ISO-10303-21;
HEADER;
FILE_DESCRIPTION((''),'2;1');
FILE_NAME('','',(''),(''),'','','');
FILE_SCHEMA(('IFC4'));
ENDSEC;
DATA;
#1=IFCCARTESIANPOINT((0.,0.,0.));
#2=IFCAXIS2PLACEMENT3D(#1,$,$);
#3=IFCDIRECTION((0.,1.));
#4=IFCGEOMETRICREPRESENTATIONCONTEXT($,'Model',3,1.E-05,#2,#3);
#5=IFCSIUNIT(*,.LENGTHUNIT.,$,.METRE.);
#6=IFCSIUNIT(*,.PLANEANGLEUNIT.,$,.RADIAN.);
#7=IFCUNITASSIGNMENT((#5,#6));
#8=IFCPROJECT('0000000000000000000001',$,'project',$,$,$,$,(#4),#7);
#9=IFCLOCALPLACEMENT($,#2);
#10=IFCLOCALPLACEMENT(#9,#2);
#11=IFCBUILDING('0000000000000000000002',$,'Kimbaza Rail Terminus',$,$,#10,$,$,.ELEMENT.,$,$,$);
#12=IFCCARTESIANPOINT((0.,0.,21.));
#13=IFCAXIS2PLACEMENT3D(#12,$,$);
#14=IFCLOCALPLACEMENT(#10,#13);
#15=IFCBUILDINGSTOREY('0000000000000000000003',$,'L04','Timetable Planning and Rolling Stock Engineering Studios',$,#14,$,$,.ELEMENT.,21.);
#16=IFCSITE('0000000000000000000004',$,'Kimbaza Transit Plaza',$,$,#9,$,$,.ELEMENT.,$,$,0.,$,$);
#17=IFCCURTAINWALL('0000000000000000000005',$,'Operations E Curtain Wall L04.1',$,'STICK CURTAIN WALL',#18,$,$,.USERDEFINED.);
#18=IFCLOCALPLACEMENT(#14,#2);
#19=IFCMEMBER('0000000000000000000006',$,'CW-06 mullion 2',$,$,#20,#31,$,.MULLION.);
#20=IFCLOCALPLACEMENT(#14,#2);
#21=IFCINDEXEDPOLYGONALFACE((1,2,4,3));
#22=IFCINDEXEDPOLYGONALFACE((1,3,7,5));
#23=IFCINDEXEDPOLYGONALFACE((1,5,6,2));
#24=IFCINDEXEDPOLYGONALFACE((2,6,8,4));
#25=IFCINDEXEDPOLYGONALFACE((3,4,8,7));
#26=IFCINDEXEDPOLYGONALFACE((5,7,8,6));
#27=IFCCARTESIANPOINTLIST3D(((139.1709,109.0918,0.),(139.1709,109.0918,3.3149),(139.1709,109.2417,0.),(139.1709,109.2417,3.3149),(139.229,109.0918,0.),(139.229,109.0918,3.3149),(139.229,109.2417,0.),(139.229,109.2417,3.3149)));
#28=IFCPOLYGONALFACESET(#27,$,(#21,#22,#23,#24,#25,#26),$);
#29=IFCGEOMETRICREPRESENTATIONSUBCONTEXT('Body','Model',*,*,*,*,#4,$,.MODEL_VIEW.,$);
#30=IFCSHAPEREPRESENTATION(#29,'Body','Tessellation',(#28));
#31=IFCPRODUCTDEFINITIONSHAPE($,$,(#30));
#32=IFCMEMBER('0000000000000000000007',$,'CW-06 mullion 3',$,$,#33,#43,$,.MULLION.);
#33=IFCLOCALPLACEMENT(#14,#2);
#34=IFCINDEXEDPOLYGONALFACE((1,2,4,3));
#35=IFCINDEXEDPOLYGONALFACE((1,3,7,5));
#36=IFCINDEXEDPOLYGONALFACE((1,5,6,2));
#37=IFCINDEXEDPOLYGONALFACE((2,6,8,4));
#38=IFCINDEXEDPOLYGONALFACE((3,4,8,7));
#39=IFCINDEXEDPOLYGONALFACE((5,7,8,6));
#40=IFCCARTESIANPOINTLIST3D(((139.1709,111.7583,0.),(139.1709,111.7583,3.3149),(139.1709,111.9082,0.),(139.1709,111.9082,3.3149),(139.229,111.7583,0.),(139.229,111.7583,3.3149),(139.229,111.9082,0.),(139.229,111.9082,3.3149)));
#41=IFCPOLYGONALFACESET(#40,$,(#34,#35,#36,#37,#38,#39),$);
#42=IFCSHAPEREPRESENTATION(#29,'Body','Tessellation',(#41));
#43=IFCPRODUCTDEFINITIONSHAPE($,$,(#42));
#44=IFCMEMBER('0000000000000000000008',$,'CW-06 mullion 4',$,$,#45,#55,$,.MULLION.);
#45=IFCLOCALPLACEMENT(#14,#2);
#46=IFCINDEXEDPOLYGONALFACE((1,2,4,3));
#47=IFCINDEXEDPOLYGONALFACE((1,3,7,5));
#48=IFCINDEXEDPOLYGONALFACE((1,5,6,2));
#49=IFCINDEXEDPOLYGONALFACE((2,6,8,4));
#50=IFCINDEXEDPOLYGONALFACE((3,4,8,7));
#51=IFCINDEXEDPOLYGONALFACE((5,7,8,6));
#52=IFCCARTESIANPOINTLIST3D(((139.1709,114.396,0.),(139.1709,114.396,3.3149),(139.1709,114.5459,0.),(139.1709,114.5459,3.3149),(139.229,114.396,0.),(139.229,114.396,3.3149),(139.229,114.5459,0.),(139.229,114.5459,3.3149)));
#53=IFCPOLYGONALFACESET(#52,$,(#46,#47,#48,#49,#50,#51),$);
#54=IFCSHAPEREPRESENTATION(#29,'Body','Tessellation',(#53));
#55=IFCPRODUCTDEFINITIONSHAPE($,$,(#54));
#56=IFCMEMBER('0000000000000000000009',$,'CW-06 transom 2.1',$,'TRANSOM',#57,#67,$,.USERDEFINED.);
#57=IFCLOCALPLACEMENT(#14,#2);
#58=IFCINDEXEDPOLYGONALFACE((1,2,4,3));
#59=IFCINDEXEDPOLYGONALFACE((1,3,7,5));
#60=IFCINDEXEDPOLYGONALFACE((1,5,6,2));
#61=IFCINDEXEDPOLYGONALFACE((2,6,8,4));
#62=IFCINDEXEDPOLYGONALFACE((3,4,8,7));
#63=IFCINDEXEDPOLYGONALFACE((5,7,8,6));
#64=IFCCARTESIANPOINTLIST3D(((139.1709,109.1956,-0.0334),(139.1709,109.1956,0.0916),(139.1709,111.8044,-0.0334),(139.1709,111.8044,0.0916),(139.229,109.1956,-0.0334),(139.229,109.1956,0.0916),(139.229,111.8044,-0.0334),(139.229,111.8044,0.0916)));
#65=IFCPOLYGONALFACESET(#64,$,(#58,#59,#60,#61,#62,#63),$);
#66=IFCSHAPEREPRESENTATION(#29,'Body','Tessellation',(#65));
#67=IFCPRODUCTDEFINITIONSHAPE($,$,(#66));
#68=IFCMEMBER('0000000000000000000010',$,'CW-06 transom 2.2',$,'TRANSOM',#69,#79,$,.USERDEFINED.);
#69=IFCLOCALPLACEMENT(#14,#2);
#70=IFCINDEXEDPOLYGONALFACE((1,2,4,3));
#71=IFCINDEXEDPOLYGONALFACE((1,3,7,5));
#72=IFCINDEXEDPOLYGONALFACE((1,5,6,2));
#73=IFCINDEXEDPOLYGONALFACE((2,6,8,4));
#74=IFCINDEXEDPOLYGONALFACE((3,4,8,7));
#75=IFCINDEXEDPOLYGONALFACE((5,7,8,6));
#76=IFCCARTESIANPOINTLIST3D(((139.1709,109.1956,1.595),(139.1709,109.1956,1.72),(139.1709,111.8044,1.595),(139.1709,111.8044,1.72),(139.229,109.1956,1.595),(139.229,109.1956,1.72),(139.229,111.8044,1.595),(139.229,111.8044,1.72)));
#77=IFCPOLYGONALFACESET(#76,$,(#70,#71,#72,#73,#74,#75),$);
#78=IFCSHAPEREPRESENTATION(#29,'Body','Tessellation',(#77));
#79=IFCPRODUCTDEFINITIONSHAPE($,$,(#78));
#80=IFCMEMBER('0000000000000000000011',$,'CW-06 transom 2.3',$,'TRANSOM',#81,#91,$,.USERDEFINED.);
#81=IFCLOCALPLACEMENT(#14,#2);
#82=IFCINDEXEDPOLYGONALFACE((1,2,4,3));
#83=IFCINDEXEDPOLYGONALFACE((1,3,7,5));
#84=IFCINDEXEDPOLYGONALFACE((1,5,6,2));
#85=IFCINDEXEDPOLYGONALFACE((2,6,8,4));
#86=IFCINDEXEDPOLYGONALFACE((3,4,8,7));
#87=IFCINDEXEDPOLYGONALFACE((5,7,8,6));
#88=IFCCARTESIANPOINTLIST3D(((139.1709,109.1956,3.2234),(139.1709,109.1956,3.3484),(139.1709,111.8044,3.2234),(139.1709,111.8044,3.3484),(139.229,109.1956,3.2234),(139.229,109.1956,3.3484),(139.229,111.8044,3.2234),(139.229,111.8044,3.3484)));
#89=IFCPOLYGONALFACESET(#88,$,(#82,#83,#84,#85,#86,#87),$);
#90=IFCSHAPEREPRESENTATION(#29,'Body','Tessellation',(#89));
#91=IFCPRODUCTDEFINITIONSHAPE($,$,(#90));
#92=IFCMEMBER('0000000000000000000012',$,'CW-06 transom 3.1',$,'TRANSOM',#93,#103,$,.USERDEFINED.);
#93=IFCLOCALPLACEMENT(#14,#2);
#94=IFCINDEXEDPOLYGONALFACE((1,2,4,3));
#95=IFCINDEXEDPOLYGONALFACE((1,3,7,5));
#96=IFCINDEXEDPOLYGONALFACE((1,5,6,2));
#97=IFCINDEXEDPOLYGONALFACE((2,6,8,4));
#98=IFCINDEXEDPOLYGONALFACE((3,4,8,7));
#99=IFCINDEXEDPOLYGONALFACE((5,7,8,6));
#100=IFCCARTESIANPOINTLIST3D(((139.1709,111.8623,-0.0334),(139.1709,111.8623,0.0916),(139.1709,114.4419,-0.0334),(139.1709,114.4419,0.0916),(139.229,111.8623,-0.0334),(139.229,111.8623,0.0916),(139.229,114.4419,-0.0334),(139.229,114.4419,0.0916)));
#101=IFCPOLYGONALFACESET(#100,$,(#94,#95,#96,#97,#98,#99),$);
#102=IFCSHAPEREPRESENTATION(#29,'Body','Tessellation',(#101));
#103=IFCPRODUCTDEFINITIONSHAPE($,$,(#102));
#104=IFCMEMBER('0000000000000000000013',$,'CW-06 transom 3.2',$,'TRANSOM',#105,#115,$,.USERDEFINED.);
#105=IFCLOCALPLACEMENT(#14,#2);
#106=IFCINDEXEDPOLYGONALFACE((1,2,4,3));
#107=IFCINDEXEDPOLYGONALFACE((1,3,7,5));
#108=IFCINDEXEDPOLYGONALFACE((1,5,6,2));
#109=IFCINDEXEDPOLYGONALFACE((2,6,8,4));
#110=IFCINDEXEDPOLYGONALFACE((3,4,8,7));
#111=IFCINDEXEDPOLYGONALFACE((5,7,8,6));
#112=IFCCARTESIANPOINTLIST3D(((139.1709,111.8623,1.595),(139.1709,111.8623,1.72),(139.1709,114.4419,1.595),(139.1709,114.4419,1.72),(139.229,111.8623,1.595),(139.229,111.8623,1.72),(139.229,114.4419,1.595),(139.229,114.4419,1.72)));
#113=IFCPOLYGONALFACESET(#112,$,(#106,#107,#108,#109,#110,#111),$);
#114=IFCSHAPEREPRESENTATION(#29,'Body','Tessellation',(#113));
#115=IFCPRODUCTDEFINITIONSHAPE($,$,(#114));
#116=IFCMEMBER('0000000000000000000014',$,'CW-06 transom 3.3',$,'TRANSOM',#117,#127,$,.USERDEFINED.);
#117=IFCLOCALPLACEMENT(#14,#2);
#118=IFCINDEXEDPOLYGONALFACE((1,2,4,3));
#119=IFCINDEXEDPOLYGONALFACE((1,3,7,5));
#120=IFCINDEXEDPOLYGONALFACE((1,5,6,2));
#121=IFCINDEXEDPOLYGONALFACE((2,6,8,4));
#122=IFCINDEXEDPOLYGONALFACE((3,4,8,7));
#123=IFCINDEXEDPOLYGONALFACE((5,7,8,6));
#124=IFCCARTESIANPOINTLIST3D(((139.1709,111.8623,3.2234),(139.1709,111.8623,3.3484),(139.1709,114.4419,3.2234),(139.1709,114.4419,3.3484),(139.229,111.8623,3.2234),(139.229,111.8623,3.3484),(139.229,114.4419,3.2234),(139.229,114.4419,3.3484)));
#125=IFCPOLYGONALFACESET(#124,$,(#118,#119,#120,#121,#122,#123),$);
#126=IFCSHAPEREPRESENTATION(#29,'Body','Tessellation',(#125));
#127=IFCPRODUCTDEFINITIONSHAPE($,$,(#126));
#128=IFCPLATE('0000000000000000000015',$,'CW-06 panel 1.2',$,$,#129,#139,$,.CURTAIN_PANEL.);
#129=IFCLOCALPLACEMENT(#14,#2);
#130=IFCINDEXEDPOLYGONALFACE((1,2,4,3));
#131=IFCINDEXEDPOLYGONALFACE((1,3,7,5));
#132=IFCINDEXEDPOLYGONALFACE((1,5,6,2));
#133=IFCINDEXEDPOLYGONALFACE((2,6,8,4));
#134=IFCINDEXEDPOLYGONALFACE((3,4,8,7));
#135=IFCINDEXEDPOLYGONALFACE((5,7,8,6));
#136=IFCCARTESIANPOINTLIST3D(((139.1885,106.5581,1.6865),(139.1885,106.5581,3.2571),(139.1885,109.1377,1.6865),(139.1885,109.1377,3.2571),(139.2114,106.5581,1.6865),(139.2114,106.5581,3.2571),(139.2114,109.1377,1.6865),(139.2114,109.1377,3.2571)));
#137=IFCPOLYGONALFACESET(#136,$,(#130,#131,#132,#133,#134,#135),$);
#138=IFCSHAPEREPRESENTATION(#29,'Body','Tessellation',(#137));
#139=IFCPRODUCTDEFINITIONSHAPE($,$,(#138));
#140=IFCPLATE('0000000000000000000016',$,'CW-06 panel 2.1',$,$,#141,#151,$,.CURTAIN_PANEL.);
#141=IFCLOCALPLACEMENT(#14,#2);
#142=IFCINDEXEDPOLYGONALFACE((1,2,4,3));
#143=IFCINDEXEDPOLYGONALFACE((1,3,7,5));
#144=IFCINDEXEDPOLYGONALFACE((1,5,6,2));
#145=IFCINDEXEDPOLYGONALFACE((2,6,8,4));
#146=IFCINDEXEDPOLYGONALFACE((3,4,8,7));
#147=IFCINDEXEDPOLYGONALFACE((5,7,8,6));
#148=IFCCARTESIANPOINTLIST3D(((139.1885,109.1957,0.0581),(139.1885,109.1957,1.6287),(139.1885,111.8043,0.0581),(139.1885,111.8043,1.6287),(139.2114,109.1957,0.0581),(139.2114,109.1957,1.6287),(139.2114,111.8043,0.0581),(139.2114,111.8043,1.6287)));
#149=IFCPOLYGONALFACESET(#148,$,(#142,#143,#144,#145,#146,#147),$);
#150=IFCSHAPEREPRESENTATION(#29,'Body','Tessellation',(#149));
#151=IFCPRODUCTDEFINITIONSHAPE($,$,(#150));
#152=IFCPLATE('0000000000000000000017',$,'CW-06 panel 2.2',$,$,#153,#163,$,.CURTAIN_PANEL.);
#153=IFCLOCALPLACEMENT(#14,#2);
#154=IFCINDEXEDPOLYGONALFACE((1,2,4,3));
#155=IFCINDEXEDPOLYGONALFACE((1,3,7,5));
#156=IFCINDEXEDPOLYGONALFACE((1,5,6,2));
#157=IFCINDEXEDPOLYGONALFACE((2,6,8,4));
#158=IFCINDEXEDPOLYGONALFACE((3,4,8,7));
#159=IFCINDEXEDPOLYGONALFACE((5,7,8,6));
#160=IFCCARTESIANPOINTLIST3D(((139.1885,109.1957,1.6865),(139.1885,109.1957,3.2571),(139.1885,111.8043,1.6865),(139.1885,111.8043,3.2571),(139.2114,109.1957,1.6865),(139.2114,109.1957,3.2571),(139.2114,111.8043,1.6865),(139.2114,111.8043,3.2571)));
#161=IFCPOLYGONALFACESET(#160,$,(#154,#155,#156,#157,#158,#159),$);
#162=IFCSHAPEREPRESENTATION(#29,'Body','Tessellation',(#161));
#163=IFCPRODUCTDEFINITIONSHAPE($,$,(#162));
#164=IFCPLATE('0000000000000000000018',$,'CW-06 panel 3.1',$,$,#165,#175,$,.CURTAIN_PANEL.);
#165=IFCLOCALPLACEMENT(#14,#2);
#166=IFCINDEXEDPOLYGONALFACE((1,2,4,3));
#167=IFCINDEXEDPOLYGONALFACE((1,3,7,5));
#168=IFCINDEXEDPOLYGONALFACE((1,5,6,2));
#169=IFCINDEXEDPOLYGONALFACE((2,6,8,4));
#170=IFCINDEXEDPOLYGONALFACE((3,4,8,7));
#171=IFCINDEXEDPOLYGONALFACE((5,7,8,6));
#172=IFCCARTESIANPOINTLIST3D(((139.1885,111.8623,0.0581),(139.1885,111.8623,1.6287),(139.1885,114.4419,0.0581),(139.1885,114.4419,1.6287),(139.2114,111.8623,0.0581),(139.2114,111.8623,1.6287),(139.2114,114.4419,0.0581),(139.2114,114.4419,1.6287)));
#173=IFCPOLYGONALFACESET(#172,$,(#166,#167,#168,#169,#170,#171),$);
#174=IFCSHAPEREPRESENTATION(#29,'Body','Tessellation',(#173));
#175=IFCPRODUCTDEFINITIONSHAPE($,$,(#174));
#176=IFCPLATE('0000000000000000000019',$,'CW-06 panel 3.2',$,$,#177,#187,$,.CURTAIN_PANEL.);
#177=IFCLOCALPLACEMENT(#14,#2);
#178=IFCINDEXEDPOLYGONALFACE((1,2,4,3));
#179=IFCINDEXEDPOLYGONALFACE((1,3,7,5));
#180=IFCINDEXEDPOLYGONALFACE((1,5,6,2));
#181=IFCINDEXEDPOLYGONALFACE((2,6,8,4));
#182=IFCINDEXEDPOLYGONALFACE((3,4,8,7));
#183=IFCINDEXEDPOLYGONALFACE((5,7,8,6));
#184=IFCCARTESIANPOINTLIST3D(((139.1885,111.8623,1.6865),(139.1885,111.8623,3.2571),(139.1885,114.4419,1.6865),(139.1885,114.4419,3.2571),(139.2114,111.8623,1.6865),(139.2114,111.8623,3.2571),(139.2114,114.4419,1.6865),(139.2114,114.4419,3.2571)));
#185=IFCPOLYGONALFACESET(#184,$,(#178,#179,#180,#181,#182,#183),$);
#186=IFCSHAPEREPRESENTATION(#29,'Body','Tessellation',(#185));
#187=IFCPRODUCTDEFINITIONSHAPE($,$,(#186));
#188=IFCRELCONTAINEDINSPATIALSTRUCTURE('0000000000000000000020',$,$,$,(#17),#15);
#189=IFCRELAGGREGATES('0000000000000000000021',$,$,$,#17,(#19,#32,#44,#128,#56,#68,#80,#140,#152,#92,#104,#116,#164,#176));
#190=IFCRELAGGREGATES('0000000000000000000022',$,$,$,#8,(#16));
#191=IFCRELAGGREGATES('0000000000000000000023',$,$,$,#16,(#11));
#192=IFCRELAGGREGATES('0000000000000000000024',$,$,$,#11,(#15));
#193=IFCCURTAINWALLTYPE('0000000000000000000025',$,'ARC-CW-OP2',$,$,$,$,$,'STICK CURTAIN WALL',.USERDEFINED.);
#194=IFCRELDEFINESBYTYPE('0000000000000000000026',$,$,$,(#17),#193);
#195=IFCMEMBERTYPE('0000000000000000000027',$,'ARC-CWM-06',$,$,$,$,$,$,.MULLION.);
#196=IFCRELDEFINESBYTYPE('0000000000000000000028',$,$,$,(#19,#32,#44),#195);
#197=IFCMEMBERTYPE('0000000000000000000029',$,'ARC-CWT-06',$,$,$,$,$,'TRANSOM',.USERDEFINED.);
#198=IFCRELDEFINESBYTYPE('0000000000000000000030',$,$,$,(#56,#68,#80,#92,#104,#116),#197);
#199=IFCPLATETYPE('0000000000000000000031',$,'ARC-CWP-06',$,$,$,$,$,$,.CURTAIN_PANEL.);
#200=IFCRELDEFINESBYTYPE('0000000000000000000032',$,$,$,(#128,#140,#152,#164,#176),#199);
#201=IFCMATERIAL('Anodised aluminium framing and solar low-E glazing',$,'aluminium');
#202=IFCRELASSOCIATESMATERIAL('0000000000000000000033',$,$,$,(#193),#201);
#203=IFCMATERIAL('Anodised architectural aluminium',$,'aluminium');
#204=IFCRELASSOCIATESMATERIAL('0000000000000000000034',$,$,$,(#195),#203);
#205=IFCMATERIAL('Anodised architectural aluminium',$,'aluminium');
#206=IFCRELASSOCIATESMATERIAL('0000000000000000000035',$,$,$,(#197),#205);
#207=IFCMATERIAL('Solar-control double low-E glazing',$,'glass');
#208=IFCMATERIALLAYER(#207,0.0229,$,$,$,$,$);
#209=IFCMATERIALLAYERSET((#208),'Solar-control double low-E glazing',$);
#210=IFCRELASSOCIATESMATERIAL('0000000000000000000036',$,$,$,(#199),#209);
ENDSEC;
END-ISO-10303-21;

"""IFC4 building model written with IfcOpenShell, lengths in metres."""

from ifc_helpers import new_model, si_unit, direction, frame, origin, origin_2d, place, context, subcontext, project, spatial, rectangle, extrude, material, layer, layer_set, material_profile, profile_set, type_object, element, aggregate, save


model = new_model("IFC4")

# Units and contexts
model_context = context("Model", 3, precision=1e-05, world=origin(), true_north=direction((0.0, 1.0)))
body_context = subcontext(model_context, "Body", "Model", "MODEL_VIEW")
ifc_project = project(units=[si_unit("LENGTHUNIT", "METRE"), si_unit("PLANEANGLEUNIT", "RADIAN")], contexts=[model_context])

# Site, building, storey
site_placement = place(None, origin())
site = spatial("IfcSite", under=ifc_project, at=site_placement, Name="Kimbaza Transit Plaza", CompositionType="ELEMENT", RefElevation=0.0)
building_placement = place(site_placement, origin())
building = spatial("IfcBuilding", under=site, at=building_placement, Name="Kimbaza Rail Terminus", CompositionType="ELEMENT")
storey_placement = place(building_placement, frame((0.0, 0.0, 21.0)))
storey = spatial("IfcBuildingStorey", under=building, at=storey_placement, Name="L04", Description="Timetable Planning and Rolling Stock Engineering Studios", CompositionType="ELEMENT", Elevation=21.0)

# Curtain wall, members, plates
ifc_material_1 = material(Name="Anodised aluminium framing and solar low-E glazing", Category="aluminium")
curtain_wall_type = type_object("IfcCurtainWallType", Name="ARC-CW-OP2", ElementType="STICK CURTAIN WALL", PredefinedType="USERDEFINED", material=ifc_material_1)
curtain_wall_placement = place(storey_placement, origin())
curtain_wall = element("IfcCurtainWall", 1, at=curtain_wall_placement, inside=storey, type_object=curtain_wall_type, Name="Operations E Curtain Wall L04.1", ObjectType="STICK CURTAIN WALL", PredefinedType="USERDEFINED")
ifc_material_2 = material(Name="Anodised architectural aluminium", Category="aluminium")
ifc_material_profile_1 = material_profile(ifc_material_2, rectangle(XDim=0.0581, YDim=0.1499, at=origin_2d()), Name="MULLION 58x150")
ifc_profile_set_1 = profile_set([ifc_material_profile_1], Name="Anodised architectural aluminium")
member_type_1 = type_object("IfcMemberType", Name="ARC-CWM-06", PredefinedType="MULLION", material=ifc_profile_set_1)
member_1_placement = place(storey_placement, frame((139.2, 109.1667, 0.0), z_axis=(0.0, 0.0, 1.0), x_axis=(-1.0, 0.0, 0.0)))
member_1 = element("IfcMember", 2, at=member_1_placement, type_object=member_type_1, Name="CW-06 mullion 2", PredefinedType="MULLION", context=body_context, shape_type="SweptSolid", body=[
    extrude(rectangle(XDim=0.0581, YDim=0.1499, at=origin_2d()), origin(), (0.0, 0.0, 1.0), 3.3149),
])
member_2_placement = place(storey_placement, frame((139.2, 111.8333, 0.0), z_axis=(0.0, 0.0, 1.0), x_axis=(-1.0, 0.0, 0.0)))
member_2 = element("IfcMember", 3, at=member_2_placement, type_object=member_type_1, Name="CW-06 mullion 3", PredefinedType="MULLION", context=body_context, shape_type="SweptSolid", body=[
    extrude(rectangle(XDim=0.0581, YDim=0.1499, at=origin_2d()), origin(), (0.0, 0.0, 1.0), 3.3149),
])
member_3_placement = place(storey_placement, frame((139.2, 114.4709, 0.0), z_axis=(0.0, 0.0, 1.0), x_axis=(-1.0, 0.0, 0.0)))
member_3 = element("IfcMember", 4, at=member_3_placement, type_object=member_type_1, Name="CW-06 mullion 4", PredefinedType="MULLION", context=body_context, shape_type="SweptSolid", body=[
    extrude(rectangle(XDim=0.0581, YDim=0.1499, at=origin_2d()), origin(), (0.0, 0.0, 1.0), 3.3149),
])
ifc_material_3 = material(Name="Anodised architectural aluminium", Category="aluminium")
ifc_material_profile_2 = material_profile(ifc_material_3, rectangle(XDim=0.0581, YDim=0.125, at=origin_2d()), Name="TRANSOM 58x125")
ifc_profile_set_2 = profile_set([ifc_material_profile_2], Name="Anodised architectural aluminium")
member_type_2 = type_object("IfcMemberType", Name="ARC-CWT-06", ElementType="TRANSOM", PredefinedType="USERDEFINED", material=ifc_profile_set_2)
member_4_placement = place(storey_placement, frame((139.2, 109.1956, 0.0291), z_axis=(0.0, 1.0, 0.0), x_axis=(-1.0, 0.0, 0.0)))
member_4 = element("IfcMember", 5, at=member_4_placement, type_object=member_type_2, Name="CW-06 transom 2.1", ObjectType="TRANSOM", PredefinedType="USERDEFINED", context=body_context, shape_type="SweptSolid", body=[
    extrude(rectangle(XDim=0.0581, YDim=0.125, at=origin_2d()), origin(), (0.0, 0.0, 1.0), 2.6089),
])
member_5_placement = place(storey_placement, frame((139.2, 109.1956, 1.6575), z_axis=(0.0, 1.0, 0.0), x_axis=(-1.0, 0.0, 0.0)))
member_5 = element("IfcMember", 6, at=member_5_placement, type_object=member_type_2, Name="CW-06 transom 2.2", ObjectType="TRANSOM", PredefinedType="USERDEFINED", context=body_context, shape_type="SweptSolid", body=[
    extrude(rectangle(XDim=0.0581, YDim=0.125, at=origin_2d()), origin(), (0.0, 0.0, 1.0), 2.6089),
])
member_6_placement = place(storey_placement, frame((139.2, 109.1956, 3.2859), z_axis=(0.0, 1.0, 0.0), x_axis=(-1.0, 0.0, 0.0)))
member_6 = element("IfcMember", 7, at=member_6_placement, type_object=member_type_2, Name="CW-06 transom 2.3", ObjectType="TRANSOM", PredefinedType="USERDEFINED", context=body_context, shape_type="SweptSolid", body=[
    extrude(rectangle(XDim=0.0581, YDim=0.125, at=origin_2d()), origin(), (0.0, 0.0, 1.0), 2.6089),
])
member_7_placement = place(storey_placement, frame((139.2, 111.8623, 0.0291), z_axis=(0.0, 1.0, 0.0), x_axis=(-1.0, 0.0, 0.0)))
member_7 = element("IfcMember", 8, at=member_7_placement, type_object=member_type_2, Name="CW-06 transom 3.1", ObjectType="TRANSOM", PredefinedType="USERDEFINED", context=body_context, shape_type="SweptSolid", body=[
    extrude(rectangle(XDim=0.0581, YDim=0.125, at=origin_2d()), origin(), (0.0, 0.0, 1.0), 2.5796),
])
member_8_placement = place(storey_placement, frame((139.2, 111.8623, 1.6575), z_axis=(0.0, 1.0, 0.0), x_axis=(-1.0, 0.0, 0.0)))
member_8 = element("IfcMember", 9, at=member_8_placement, type_object=member_type_2, Name="CW-06 transom 3.2", ObjectType="TRANSOM", PredefinedType="USERDEFINED", context=body_context, shape_type="SweptSolid", body=[
    extrude(rectangle(XDim=0.0581, YDim=0.125, at=origin_2d()), origin(), (0.0, 0.0, 1.0), 2.5796),
])
member_9_placement = place(storey_placement, frame((139.2, 111.8623, 3.2859), z_axis=(0.0, 1.0, 0.0), x_axis=(-1.0, 0.0, 0.0)))
member_9 = element("IfcMember", 10, at=member_9_placement, type_object=member_type_2, Name="CW-06 transom 3.3", ObjectType="TRANSOM", PredefinedType="USERDEFINED", context=body_context, shape_type="SweptSolid", body=[
    extrude(rectangle(XDim=0.0581, YDim=0.125, at=origin_2d()), origin(), (0.0, 0.0, 1.0), 2.5796),
])
ifc_material_4 = material(Name="Solar-control double low-E glazing", Category="glass")
ifc_layer_1 = layer(ifc_material_4, 0.0229)
ifc_layer_set_1 = layer_set([ifc_layer_1], Name="Solar-control double low-E glazing")
plate_type = type_object("IfcPlateType", Name="ARC-CWP-06", PredefinedType="CURTAIN_PANEL", material=ifc_layer_set_1)
plate_1_placement = place(storey_placement, frame((139.2, 107.8479, 1.6865), z_axis=(0.0, 0.0, 1.0), x_axis=(0.0, 1.0, 0.0)))
plate_1 = element("IfcPlate", 11, at=plate_1_placement, type_object=plate_type, Name="CW-06 panel 1.2", PredefinedType="CURTAIN_PANEL", context=body_context, shape_type="SweptSolid", body=[
    extrude(rectangle(XDim=2.5796, YDim=0.0229, at=origin_2d()), origin(), (0.0, 0.0, 1.0), 1.5706),
])
plate_2_placement = place(storey_placement, frame((139.2, 110.5, 0.0581), z_axis=(0.0, 0.0, 1.0), x_axis=(0.0, 1.0, 0.0)))
plate_2 = element("IfcPlate", 12, at=plate_2_placement, type_object=plate_type, Name="CW-06 panel 2.1", PredefinedType="CURTAIN_PANEL", context=body_context, shape_type="SweptSolid", body=[
    extrude(rectangle(XDim=2.6086, YDim=0.0229, at=origin_2d()), origin(), (0.0, 0.0, 1.0), 1.5706),
])
plate_3_placement = place(storey_placement, frame((139.2, 110.5, 1.6865), z_axis=(0.0, 0.0, 1.0), x_axis=(0.0, 1.0, 0.0)))
plate_3 = element("IfcPlate", 13, at=plate_3_placement, type_object=plate_type, Name="CW-06 panel 2.2", PredefinedType="CURTAIN_PANEL", context=body_context, shape_type="SweptSolid", body=[
    extrude(rectangle(XDim=2.6086, YDim=0.0229, at=origin_2d()), origin(), (0.0, 0.0, 1.0), 1.5706),
])
plate_4_placement = place(storey_placement, frame((139.2, 113.1521, 0.0581), z_axis=(0.0, 0.0, 1.0), x_axis=(0.0, 1.0, 0.0)))
plate_4 = element("IfcPlate", 14, at=plate_4_placement, type_object=plate_type, Name="CW-06 panel 3.1", PredefinedType="CURTAIN_PANEL", context=body_context, shape_type="SweptSolid", body=[
    extrude(rectangle(XDim=2.5796, YDim=0.0229, at=origin_2d()), origin(), (0.0, 0.0, 1.0), 1.5706),
])
plate_5_placement = place(storey_placement, frame((139.2, 113.1521, 1.6865), z_axis=(0.0, 0.0, 1.0), x_axis=(0.0, 1.0, 0.0)))
plate_5 = element("IfcPlate", 15, at=plate_5_placement, type_object=plate_type, Name="CW-06 panel 3.2", PredefinedType="CURTAIN_PANEL", context=body_context, shape_type="SweptSolid", body=[
    extrude(rectangle(XDim=2.5796, YDim=0.0229, at=origin_2d()), origin(), (0.0, 0.0, 1.0), 1.5706),
])
aggregate(curtain_wall, [member_1, member_2, member_3, plate_1, member_4, member_5, member_6, plate_2, plate_3, member_7, member_8, member_9, plate_4, plate_5])

save(model, "model.ifc")
